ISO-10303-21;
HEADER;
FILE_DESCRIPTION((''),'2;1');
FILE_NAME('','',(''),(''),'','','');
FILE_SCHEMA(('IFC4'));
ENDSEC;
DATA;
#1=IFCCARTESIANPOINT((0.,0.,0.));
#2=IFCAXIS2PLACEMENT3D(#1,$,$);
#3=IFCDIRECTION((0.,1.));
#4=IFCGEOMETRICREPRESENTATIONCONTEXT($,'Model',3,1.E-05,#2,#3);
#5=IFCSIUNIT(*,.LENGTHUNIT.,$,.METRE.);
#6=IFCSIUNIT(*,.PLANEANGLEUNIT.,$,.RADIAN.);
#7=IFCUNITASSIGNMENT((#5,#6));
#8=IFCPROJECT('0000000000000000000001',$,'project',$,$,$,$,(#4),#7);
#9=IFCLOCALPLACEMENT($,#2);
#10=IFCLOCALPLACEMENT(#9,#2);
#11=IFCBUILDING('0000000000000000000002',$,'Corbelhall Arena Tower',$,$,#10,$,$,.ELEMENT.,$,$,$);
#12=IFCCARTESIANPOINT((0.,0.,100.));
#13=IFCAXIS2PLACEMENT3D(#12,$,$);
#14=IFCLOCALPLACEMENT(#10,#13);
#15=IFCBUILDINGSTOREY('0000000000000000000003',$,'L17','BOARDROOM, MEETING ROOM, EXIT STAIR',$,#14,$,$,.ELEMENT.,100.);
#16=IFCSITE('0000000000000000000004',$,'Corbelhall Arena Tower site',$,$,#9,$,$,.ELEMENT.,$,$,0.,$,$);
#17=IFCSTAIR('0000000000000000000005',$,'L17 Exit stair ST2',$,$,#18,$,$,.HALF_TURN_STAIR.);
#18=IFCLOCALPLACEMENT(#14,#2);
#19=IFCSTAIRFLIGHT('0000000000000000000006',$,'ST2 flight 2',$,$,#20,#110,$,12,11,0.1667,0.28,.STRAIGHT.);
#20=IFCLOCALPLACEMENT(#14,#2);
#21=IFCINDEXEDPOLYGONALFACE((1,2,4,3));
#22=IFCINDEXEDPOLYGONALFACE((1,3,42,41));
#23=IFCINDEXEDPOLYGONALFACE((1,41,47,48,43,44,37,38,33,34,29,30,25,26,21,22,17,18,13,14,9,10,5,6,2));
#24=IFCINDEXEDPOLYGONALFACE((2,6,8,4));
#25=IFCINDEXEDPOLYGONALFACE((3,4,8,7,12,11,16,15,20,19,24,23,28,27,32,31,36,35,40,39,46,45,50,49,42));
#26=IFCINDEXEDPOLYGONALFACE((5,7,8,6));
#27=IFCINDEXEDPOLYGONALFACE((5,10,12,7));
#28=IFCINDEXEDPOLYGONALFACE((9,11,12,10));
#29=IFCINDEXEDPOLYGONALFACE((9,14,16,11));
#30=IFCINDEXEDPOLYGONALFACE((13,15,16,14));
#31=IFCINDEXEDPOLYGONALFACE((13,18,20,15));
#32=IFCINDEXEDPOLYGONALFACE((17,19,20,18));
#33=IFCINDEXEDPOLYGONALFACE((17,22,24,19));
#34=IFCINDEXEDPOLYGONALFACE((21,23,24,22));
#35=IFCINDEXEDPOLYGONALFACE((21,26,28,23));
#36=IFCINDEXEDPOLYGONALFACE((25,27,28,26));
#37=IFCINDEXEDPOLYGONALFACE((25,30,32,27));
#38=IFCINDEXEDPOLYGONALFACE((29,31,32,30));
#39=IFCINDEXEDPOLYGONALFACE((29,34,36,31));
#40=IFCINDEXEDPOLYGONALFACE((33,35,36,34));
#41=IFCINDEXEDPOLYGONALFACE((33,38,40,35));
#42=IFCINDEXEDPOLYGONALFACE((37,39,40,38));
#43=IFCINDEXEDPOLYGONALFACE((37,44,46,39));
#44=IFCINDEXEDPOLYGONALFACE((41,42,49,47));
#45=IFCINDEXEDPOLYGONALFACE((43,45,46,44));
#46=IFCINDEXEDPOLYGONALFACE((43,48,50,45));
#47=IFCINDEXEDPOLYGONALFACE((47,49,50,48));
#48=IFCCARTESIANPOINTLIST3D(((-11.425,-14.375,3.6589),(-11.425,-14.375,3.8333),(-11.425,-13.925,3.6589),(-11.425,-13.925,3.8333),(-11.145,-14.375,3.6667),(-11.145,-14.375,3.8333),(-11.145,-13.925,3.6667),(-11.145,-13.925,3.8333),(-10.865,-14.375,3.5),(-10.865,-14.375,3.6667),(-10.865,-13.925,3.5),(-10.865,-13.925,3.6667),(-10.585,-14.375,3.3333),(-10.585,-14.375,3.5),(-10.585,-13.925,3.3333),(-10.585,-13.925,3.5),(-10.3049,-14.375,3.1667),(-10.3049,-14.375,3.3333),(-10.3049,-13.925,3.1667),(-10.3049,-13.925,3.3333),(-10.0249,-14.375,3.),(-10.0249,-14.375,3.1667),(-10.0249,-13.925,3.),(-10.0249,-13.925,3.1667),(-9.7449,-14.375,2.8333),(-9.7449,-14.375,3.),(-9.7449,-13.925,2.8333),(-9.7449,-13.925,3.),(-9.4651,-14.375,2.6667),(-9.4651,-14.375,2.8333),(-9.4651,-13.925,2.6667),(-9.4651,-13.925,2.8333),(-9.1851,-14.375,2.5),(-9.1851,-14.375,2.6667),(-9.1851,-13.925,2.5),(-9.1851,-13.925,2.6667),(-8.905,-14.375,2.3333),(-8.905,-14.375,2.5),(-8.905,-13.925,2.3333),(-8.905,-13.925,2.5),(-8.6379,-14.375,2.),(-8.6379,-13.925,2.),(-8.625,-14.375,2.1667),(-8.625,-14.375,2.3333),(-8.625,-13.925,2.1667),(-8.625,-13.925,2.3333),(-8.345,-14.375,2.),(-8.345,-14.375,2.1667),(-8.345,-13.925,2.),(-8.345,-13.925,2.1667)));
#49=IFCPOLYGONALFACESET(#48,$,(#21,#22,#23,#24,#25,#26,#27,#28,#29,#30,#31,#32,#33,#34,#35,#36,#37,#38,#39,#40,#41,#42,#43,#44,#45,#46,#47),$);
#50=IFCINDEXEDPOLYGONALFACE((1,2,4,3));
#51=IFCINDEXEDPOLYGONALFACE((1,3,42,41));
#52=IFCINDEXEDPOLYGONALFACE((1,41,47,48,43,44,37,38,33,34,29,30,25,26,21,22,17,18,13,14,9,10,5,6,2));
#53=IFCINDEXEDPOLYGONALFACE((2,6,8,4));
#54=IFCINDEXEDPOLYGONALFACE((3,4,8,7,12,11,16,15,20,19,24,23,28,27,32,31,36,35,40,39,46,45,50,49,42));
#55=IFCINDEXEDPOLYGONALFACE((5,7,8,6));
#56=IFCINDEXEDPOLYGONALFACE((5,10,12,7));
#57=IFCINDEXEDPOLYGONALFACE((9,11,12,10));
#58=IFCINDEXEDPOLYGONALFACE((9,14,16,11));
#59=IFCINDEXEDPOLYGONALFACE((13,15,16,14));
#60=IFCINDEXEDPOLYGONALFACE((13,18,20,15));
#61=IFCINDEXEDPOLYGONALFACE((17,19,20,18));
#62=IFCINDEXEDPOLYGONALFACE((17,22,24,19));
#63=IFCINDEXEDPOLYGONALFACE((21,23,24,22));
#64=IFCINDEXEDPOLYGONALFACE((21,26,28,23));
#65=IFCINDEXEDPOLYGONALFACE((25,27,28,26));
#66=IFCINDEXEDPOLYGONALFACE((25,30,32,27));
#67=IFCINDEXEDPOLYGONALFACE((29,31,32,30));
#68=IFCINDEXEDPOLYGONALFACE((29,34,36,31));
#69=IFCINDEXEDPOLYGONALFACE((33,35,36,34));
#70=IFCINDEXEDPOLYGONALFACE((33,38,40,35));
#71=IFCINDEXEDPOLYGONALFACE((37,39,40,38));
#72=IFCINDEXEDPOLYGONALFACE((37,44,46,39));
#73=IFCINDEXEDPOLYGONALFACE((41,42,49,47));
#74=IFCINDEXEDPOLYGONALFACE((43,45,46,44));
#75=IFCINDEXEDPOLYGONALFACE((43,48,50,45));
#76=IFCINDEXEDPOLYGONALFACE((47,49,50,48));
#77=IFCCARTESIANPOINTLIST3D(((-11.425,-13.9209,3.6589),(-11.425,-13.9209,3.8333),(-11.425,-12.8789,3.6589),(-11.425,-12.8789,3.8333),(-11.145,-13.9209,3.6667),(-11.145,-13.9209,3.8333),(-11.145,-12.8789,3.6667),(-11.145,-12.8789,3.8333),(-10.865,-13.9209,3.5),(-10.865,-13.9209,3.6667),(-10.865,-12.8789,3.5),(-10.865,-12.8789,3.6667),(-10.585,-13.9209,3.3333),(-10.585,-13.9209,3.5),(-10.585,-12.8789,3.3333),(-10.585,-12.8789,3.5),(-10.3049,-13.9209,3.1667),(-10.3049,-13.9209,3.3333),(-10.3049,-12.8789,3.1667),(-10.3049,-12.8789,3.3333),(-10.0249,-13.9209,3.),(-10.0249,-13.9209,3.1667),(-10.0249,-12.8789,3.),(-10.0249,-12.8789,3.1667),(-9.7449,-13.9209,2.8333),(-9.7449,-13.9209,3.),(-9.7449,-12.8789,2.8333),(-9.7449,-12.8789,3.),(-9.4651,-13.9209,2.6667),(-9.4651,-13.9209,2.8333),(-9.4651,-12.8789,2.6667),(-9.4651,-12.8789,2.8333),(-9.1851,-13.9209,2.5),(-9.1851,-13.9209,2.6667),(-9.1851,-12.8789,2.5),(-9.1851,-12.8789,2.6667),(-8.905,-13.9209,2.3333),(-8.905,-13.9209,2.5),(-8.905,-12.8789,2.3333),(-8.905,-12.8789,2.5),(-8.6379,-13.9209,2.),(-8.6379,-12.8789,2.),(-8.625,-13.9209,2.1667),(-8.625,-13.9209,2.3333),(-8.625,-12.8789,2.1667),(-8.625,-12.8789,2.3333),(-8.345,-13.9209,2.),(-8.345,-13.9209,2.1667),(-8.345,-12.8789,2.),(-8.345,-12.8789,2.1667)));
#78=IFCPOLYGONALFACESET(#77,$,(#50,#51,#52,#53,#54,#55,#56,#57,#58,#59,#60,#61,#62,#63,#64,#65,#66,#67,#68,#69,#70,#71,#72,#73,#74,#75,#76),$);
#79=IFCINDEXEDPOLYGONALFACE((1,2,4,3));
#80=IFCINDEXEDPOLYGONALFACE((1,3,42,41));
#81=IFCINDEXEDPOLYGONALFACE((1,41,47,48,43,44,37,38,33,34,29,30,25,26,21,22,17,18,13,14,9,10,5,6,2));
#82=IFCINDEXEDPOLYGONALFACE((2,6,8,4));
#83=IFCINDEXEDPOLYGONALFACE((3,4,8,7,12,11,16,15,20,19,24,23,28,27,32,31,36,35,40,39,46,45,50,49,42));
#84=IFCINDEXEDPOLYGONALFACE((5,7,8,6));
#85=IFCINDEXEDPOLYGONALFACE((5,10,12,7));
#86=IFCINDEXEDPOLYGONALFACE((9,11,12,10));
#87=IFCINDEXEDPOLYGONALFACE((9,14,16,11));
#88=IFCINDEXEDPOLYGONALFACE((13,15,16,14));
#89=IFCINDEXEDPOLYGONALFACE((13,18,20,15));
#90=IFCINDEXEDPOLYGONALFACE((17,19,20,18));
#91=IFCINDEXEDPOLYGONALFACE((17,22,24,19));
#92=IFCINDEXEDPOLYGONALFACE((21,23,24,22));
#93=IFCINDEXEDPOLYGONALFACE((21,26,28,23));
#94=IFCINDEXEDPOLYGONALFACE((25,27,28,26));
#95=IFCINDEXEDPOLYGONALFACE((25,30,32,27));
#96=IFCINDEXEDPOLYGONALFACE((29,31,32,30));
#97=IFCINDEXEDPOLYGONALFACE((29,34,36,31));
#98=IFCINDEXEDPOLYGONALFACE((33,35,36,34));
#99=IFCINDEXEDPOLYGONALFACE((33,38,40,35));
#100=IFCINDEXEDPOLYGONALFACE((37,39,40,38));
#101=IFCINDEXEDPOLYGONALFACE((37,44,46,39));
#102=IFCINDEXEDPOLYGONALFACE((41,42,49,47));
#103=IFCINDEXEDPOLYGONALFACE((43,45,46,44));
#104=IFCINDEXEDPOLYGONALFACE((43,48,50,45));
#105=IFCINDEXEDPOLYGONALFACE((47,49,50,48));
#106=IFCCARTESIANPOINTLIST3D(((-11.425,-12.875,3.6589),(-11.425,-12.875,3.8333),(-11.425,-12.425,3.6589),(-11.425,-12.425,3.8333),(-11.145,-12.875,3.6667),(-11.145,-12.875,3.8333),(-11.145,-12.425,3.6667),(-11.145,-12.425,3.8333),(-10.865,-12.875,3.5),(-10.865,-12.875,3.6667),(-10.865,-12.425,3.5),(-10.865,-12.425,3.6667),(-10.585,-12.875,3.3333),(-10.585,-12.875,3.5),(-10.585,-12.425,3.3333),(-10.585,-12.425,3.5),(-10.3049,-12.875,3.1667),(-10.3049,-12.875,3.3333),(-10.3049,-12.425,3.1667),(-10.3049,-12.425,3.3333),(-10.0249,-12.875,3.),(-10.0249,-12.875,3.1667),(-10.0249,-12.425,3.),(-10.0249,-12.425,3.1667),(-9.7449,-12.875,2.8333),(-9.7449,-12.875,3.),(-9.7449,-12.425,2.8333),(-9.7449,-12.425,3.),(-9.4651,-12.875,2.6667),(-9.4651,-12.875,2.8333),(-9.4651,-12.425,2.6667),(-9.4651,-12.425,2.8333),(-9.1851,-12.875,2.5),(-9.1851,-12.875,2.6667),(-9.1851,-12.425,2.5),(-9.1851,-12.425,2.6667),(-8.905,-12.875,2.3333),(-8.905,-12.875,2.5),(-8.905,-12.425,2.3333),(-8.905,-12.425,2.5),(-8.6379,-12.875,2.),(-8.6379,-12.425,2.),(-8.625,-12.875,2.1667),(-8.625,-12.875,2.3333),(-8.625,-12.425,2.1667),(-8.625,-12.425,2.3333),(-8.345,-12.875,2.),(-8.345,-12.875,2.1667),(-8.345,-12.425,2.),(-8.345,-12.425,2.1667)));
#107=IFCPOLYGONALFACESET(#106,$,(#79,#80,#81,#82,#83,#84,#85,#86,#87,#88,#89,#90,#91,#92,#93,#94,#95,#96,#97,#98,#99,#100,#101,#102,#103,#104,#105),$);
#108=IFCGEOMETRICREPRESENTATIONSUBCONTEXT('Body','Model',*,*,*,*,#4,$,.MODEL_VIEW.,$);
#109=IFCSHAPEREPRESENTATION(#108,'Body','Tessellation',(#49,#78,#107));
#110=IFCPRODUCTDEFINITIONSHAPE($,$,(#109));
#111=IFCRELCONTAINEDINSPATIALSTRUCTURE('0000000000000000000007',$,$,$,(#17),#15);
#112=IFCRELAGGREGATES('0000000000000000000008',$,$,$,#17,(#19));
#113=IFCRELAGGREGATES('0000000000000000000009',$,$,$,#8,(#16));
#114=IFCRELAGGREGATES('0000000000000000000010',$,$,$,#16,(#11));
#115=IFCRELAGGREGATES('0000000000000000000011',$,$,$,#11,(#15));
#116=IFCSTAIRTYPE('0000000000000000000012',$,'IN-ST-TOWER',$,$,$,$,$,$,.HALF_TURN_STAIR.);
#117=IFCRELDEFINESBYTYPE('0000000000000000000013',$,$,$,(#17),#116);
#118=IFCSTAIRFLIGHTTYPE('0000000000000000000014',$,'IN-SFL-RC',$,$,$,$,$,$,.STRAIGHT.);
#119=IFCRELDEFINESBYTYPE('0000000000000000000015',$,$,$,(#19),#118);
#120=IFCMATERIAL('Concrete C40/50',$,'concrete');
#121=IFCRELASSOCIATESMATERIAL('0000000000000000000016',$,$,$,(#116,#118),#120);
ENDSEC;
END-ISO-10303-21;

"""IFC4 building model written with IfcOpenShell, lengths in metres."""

from ifc_helpers import new_model, si_unit, direction, frame, origin, place, context, subcontext, project, spatial, polyline, outline, extrude, material, type_object, element, aggregate, save


model = new_model("IFC4")

# Units and contexts
model_context = context("Model", 3, precision=1e-05, world=origin(), true_north=direction((0.0, 1.0)))
body_context = subcontext(model_context, "Body", "Model", "MODEL_VIEW")
ifc_project = project(units=[si_unit("LENGTHUNIT", "METRE"), si_unit("PLANEANGLEUNIT", "RADIAN")], contexts=[model_context])

# Site, building, storey
site_placement = place(None, origin())
site = spatial("IfcSite", under=ifc_project, at=site_placement, Name="Corbelhall Arena Tower site", CompositionType="ELEMENT", RefElevation=0.0)
building_placement = place(site_placement, origin())
building = spatial("IfcBuilding", under=site, at=building_placement, Name="Corbelhall Arena Tower", CompositionType="ELEMENT")
storey_placement = place(building_placement, frame((0.0, 0.0, 100.0)))
storey = spatial("IfcBuildingStorey", under=building, at=storey_placement, Name="L17", Description="BOARDROOM, MEETING ROOM, EXIT STAIR", CompositionType="ELEMENT", Elevation=100.0)

# Shared definitions
ifc_material_1 = material(Name="Concrete C40/50", Category="concrete")

# Stair, stair flight
stair_type = type_object("IfcStairType", Name="IN-ST-TOWER", PredefinedType="HALF_TURN_STAIR", material=ifc_material_1)
stair_placement = place(storey_placement, origin())
stair = element("IfcStair", 1, at=stair_placement, inside=storey, type_object=stair_type, Name="L17 Exit stair ST2", PredefinedType="HALF_TURN_STAIR")
stair_flight_type = type_object("IfcStairFlightType", Name="IN-SFL-RC", PredefinedType="STRAIGHT", material=ifc_material_1)
stair_flight_1_placement = place(storey_placement, frame((-8.345, -13.3999, 2.0), z_axis=(0.0, 0.0, 1.0), x_axis=(-1.0, 0.0, 0.0)))
stair_flight_1 = element("IfcStairFlight", 2, at=stair_flight_1_placement, type_object=stair_flight_type, Name="ST2 flight 2", NumberOfRisers=12, NumberOfTreads=11, PredefinedType="STRAIGHT", RiserHeight=0.1667, TreadLength=0.28, context=body_context, shape_type="SweptSolid", body=[
    extrude(outline(polyline([(0.0, 0.0), (0.0, 0.1667), (0.28, 0.1667), (0.28, 0.3333), (0.5601, 0.3333), (0.5601, 0.5), (0.8401, 0.5), (0.8401, 0.6667), (1.1201, 0.6667), (1.1201, 0.8333), (1.3999, 0.8333), (1.3999, 1.0), (1.6799, 1.0), (1.6799, 1.1667), (1.96, 1.1667), (1.96, 1.3333), (2.24, 1.3333), (2.24, 1.5), (2.52, 1.5), (2.52, 1.6667), (2.8, 1.6667), (2.8, 1.8333), (3.0801, 1.8333), (3.0801, 2.0), (3.0801, 1.6589), (0.293, 0.0), (0.0, 0.0)])), frame((0.0, 0.9751, 0.0), z_axis=(0.0, -1.0, 0.0), x_axis=(1.0, 0.0, 0.0)), (0.0, 0.0, 1.0), 0.45),
    extrude(outline(polyline([(0.0, 0.0), (0.0, 0.1667), (0.28, 0.1667), (0.28, 0.3333), (0.5601, 0.3333), (0.5601, 0.5), (0.8401, 0.5), (0.8401, 0.6667), (1.1201, 0.6667), (1.1201, 0.8333), (1.3999, 0.8333), (1.3999, 1.0), (1.6799, 1.0), (1.6799, 1.1667), (1.96, 1.1667), (1.96, 1.3333), (2.24, 1.3333), (2.24, 1.5), (2.52, 1.5), (2.52, 1.6667), (2.8, 1.6667), (2.8, 1.8333), (3.0801, 1.8333), (3.0801, 2.0), (3.0801, 1.6589), (0.293, 0.0), (0.0, 0.0)])), frame((0.0, 0.521, 0.0), z_axis=(0.0, -1.0, 0.0), x_axis=(1.0, 0.0, 0.0)), (0.0, 0.0, 1.0), 1.042),
    extrude(outline(polyline([(0.0, 0.0), (0.0, 0.1667), (0.28, 0.1667), (0.28, 0.3333), (0.5601, 0.3333), (0.5601, 0.5), (0.8401, 0.5), (0.8401, 0.6667), (1.1201, 0.6667), (1.1201, 0.8333), (1.3999, 0.8333), (1.3999, 1.0), (1.6799, 1.0), (1.6799, 1.1667), (1.96, 1.1667), (1.96, 1.3333), (2.24, 1.3333), (2.24, 1.5), (2.52, 1.5), (2.52, 1.6667), (2.8, 1.6667), (2.8, 1.8333), (3.0801, 1.8333), (3.0801, 2.0), (3.0801, 1.6589), (0.293, 0.0), (0.0, 0.0)])), frame((0.0, -0.5249, 0.0), z_axis=(0.0, -1.0, 0.0), x_axis=(1.0, 0.0, 0.0)), (0.0, 0.0, 1.0), 0.45),
])
aggregate(stair, [stair_flight_1])

save(model, "model.ifc")
